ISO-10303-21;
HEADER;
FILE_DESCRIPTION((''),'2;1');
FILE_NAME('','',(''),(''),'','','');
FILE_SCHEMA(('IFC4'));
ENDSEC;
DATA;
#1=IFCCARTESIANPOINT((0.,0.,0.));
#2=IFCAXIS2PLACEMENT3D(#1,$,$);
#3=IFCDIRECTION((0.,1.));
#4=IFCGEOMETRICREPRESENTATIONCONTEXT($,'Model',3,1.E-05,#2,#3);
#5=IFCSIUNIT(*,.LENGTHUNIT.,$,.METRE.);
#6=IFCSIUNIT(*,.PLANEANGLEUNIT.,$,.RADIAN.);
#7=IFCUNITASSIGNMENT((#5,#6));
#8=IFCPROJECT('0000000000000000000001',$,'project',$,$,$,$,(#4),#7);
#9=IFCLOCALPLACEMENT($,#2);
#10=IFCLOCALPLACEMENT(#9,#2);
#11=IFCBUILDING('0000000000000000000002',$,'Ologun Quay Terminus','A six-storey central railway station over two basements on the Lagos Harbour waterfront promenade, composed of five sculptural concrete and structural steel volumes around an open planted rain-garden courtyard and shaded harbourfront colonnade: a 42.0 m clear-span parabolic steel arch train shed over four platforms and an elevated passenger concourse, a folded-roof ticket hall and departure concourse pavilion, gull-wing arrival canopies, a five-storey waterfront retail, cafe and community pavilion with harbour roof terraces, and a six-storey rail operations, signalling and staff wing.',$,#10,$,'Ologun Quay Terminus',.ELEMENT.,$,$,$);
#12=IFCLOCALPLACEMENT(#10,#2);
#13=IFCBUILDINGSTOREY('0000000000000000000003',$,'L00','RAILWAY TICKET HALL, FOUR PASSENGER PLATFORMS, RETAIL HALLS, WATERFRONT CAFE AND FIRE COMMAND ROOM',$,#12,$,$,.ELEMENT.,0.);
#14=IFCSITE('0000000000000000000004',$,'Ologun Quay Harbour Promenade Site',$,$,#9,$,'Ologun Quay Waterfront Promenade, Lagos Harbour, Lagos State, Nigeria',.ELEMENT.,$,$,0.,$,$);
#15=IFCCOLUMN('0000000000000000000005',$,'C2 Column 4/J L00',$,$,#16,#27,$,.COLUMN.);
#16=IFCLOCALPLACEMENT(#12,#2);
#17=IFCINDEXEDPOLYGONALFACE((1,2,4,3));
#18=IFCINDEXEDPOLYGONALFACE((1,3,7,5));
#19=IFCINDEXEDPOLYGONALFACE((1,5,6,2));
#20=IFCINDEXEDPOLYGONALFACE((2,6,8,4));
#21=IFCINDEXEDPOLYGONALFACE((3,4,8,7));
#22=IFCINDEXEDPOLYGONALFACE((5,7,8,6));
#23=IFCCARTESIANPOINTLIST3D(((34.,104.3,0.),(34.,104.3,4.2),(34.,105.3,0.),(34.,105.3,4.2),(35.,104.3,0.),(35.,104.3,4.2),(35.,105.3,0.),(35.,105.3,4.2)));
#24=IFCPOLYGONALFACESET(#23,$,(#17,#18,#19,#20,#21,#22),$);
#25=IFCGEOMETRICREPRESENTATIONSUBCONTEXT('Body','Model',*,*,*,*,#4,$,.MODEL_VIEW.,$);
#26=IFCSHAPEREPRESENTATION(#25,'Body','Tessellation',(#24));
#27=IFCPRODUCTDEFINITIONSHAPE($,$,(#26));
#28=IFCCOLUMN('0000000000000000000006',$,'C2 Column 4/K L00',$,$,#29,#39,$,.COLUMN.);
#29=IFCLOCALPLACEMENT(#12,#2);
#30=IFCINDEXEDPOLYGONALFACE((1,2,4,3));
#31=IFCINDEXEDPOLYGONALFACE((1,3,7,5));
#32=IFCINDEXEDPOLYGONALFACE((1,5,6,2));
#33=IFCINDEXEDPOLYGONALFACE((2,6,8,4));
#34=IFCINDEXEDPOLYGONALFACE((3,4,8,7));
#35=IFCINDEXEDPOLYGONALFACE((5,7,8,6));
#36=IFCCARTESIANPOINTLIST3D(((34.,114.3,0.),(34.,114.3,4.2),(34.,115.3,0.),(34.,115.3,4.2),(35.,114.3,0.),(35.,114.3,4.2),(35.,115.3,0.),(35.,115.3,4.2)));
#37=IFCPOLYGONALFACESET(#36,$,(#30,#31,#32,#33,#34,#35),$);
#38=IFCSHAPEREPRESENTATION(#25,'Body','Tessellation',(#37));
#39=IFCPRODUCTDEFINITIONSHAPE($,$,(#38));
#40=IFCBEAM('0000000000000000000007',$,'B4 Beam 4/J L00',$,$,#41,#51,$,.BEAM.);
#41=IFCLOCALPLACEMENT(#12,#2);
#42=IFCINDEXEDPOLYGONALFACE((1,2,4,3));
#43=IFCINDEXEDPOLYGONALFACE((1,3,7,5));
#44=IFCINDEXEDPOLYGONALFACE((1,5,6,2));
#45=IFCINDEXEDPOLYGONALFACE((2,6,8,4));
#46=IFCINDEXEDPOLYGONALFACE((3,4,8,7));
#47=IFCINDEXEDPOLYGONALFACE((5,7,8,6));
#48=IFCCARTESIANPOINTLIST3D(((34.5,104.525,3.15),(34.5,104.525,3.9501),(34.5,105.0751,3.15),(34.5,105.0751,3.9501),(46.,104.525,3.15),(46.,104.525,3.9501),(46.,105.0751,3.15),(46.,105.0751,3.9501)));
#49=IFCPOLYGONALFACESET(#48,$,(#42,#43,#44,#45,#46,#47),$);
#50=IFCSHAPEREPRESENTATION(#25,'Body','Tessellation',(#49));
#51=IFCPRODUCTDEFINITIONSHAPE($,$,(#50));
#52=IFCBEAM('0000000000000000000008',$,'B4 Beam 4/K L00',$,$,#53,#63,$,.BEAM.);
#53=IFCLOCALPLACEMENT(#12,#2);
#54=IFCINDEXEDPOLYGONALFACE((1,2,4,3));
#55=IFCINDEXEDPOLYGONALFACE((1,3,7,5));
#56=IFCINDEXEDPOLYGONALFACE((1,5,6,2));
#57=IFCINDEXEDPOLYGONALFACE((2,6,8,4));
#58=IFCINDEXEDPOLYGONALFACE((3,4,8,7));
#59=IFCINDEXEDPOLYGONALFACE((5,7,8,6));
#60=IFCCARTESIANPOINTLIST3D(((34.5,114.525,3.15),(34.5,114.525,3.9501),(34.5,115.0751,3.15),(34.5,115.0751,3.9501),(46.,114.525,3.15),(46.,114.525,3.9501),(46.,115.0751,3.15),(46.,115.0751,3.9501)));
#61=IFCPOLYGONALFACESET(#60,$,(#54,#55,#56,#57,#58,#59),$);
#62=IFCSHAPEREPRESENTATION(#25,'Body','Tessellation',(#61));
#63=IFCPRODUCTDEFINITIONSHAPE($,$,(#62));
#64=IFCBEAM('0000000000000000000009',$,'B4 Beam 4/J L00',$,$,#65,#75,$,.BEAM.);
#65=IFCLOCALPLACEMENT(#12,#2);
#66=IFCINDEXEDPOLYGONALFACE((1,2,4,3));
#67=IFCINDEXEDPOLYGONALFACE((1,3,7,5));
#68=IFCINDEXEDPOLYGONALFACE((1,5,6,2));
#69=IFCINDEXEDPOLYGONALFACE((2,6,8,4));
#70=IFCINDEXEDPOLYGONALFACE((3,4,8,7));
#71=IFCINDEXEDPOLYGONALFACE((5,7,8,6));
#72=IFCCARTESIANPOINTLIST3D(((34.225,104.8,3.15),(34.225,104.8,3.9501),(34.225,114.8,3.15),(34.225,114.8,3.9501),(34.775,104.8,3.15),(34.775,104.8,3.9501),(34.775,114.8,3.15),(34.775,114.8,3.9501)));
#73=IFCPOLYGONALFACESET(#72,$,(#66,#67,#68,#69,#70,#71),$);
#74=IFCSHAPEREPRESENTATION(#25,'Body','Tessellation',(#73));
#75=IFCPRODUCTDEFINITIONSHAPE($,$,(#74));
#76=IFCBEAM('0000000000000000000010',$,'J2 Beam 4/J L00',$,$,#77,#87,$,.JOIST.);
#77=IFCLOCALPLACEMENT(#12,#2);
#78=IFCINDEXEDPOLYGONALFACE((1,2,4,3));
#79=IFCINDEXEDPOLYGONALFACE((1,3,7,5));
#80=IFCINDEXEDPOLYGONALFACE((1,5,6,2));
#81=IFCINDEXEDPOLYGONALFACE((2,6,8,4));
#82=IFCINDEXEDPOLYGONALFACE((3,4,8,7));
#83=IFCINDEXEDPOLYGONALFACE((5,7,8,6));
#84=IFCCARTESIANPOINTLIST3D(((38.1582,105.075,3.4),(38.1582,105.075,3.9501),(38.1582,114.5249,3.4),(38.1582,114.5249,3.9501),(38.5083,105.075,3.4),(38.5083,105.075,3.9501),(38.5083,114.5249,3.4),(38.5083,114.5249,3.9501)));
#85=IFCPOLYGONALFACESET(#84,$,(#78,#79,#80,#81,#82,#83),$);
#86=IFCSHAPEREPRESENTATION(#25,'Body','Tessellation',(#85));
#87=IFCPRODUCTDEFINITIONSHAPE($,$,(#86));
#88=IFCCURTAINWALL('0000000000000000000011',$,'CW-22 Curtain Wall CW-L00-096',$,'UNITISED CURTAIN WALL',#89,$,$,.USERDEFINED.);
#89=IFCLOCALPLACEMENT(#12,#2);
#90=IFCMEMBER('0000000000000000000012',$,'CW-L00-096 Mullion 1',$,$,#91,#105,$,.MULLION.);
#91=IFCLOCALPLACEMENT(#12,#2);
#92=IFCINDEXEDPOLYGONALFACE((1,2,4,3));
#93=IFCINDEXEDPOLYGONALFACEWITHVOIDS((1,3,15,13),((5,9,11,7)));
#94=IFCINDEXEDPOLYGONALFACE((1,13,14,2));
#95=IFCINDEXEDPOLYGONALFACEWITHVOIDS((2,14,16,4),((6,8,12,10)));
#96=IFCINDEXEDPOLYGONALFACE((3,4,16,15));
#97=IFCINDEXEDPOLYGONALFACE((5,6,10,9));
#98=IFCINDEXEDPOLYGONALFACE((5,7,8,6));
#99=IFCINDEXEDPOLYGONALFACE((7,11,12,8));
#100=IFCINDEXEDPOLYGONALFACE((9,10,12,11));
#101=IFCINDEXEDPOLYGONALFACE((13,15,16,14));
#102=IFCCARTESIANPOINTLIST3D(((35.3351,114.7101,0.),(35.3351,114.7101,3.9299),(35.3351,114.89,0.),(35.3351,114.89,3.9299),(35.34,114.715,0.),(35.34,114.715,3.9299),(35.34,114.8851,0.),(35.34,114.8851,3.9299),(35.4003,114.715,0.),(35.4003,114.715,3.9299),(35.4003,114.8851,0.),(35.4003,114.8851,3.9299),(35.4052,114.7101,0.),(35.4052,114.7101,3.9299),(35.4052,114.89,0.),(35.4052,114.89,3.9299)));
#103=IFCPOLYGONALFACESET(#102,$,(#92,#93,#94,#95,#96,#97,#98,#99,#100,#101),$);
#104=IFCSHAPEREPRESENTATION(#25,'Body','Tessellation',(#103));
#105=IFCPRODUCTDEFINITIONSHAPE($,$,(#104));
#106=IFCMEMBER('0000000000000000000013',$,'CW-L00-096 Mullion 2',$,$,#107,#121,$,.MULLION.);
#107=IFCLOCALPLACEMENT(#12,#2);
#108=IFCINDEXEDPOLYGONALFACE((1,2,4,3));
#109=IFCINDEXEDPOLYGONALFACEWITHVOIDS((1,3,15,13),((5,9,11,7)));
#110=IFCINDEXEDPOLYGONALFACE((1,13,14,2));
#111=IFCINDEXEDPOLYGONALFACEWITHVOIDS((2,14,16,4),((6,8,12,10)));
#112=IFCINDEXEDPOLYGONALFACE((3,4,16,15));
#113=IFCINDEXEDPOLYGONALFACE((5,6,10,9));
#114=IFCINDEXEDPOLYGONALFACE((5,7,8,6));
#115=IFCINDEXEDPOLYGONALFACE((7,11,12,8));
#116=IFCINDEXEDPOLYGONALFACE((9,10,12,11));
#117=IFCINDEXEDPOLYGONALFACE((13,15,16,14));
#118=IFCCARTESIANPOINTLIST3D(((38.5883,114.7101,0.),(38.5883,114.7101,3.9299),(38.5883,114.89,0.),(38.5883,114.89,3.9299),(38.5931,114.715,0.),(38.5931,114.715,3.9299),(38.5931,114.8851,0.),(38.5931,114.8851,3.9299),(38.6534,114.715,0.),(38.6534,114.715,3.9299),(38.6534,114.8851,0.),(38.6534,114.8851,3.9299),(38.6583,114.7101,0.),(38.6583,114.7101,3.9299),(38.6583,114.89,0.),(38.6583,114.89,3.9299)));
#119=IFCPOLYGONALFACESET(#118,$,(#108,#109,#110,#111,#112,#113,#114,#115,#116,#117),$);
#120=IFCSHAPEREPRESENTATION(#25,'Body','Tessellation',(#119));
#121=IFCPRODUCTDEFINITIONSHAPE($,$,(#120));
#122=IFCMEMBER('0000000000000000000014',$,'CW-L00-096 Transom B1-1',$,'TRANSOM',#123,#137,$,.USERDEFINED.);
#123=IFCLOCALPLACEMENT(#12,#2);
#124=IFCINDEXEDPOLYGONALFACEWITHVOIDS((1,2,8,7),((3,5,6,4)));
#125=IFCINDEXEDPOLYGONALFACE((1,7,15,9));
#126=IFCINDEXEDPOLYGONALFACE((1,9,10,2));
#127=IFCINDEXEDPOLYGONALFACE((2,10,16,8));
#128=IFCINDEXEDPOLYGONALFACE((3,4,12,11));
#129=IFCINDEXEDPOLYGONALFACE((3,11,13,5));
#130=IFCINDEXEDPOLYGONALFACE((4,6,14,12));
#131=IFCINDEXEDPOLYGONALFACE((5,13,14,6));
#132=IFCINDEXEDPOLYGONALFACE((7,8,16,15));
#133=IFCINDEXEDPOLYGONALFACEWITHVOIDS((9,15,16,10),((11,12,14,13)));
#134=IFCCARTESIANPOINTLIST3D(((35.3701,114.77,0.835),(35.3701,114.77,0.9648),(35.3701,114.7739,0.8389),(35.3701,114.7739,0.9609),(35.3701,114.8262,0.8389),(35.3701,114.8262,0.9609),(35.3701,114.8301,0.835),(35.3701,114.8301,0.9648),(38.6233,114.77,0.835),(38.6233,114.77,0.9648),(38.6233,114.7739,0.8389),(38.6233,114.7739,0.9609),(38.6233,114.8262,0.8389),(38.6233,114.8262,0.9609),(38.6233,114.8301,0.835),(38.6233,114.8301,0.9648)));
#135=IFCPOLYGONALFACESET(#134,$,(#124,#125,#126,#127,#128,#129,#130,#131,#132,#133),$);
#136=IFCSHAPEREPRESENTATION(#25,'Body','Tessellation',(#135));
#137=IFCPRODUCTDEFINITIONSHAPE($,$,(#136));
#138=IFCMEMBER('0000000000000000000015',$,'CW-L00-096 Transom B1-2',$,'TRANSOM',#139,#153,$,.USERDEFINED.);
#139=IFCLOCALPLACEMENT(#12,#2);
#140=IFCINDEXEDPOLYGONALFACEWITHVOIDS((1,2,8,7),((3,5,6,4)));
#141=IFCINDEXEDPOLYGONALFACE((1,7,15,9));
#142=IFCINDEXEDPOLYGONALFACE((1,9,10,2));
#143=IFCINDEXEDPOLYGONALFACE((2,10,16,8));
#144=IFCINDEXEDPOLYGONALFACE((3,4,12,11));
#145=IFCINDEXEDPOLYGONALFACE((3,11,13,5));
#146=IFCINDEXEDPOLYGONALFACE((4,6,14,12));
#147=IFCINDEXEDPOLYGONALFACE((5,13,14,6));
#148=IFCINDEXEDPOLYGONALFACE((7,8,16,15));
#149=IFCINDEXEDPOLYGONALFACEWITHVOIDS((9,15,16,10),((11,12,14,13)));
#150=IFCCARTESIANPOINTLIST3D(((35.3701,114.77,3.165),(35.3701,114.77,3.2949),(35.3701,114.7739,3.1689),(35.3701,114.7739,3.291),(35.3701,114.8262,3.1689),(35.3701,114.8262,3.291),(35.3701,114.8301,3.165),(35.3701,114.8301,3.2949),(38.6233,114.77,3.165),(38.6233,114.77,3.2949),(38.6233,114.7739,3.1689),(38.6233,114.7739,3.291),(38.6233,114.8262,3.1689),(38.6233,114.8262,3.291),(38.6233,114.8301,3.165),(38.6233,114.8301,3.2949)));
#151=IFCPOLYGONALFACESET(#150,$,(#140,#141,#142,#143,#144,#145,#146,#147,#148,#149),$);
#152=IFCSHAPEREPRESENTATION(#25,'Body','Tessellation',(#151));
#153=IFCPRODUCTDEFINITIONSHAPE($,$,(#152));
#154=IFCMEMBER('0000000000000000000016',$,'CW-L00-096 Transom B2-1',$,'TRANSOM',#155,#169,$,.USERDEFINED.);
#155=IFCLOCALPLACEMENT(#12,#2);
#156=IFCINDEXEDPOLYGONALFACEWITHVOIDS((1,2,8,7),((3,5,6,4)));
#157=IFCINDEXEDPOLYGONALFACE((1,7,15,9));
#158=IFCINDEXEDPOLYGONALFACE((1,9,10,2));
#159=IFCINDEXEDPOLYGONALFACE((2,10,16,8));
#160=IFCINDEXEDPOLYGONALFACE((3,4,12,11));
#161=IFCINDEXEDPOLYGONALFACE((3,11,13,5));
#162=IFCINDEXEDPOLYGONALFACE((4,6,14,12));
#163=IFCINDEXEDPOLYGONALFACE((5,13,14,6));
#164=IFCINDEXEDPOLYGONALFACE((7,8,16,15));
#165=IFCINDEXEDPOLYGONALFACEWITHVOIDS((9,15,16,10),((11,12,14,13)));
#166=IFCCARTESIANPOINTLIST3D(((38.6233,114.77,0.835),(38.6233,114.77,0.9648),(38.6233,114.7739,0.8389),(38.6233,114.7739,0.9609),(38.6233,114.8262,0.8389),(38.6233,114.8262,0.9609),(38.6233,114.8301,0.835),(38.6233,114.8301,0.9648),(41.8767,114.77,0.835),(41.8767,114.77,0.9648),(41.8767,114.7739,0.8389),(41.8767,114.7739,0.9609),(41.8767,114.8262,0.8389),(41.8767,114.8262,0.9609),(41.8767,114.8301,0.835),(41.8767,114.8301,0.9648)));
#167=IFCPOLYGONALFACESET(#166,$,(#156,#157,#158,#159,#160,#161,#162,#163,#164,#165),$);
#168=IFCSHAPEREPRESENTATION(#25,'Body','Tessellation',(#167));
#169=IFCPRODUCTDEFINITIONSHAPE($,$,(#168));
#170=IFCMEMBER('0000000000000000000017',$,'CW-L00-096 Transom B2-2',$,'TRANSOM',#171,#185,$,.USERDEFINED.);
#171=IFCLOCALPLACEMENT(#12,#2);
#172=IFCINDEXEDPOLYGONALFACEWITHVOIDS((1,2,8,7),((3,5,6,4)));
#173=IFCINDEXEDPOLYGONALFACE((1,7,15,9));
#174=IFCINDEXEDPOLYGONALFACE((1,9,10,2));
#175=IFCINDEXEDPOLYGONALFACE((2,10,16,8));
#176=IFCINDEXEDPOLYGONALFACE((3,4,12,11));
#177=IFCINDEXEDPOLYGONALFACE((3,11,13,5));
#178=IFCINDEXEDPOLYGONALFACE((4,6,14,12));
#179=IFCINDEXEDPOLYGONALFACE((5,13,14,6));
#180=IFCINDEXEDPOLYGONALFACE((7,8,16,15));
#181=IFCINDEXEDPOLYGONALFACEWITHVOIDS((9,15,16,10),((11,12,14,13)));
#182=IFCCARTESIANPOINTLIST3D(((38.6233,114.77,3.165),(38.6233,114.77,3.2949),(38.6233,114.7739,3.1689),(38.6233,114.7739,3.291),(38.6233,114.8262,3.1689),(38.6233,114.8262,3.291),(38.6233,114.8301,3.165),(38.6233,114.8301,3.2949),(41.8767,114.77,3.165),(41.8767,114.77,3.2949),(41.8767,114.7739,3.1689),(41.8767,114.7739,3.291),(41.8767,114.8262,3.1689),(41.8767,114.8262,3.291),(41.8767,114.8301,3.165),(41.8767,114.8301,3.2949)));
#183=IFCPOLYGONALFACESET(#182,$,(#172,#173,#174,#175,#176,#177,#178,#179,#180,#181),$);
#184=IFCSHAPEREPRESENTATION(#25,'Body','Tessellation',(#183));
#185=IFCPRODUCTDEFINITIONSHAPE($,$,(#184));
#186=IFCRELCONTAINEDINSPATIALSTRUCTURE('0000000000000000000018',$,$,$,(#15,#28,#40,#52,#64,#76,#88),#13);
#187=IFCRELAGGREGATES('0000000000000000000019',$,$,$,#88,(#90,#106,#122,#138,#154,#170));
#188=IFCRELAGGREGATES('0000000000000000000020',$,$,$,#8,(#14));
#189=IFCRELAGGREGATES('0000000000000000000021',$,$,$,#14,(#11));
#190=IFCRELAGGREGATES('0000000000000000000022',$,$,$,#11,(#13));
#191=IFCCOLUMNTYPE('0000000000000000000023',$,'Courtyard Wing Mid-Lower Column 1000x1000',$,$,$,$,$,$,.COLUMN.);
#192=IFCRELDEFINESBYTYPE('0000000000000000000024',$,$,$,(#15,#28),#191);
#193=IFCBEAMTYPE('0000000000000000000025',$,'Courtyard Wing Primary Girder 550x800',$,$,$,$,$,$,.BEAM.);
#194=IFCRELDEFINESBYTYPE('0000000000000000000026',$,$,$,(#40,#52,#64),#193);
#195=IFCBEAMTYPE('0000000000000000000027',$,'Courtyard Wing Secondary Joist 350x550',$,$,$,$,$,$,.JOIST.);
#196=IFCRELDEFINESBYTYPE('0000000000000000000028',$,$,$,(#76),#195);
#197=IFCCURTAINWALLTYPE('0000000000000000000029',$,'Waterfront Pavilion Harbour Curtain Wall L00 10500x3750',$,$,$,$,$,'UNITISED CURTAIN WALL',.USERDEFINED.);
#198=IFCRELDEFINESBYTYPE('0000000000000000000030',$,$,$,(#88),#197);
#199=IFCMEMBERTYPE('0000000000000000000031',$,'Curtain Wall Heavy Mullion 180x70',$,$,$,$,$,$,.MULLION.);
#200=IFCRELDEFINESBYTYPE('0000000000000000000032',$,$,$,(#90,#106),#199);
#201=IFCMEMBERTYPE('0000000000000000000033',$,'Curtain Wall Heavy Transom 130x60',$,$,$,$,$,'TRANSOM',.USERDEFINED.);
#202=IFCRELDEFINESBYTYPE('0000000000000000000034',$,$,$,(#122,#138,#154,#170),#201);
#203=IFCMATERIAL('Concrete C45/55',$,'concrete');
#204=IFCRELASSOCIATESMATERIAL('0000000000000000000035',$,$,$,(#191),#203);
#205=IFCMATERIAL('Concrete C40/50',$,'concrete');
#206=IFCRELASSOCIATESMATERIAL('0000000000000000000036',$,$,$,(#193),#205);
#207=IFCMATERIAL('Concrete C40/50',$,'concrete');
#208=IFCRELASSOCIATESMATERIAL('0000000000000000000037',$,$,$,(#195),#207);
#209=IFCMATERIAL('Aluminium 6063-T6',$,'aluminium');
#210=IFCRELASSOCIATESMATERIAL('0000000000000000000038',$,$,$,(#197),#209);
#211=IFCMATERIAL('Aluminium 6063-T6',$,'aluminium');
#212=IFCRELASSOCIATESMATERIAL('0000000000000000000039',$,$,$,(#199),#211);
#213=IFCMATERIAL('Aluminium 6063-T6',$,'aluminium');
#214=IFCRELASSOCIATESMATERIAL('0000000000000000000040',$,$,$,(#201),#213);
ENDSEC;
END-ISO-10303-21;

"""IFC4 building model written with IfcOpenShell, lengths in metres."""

from ifc_helpers import new_model, si_unit, direction, frame, origin, origin_2d, place, context, subcontext, project, spatial, rectangle, hollow_rectangle, extrude, material, material_profile, profile_set, type_object, element, aggregate, save


model = new_model("IFC4")

# Units and contexts
model_context = context("Model", 3, precision=1e-05, world=origin(), true_north=direction((0.0, 1.0)))
body_context = subcontext(model_context, "Body", "Model", "MODEL_VIEW")
ifc_project = project(units=[si_unit("LENGTHUNIT", "METRE"), si_unit("PLANEANGLEUNIT", "RADIAN")], contexts=[model_context])

# Site, building, storey
site_placement = place(None, origin())
site = spatial("IfcSite", under=ifc_project, at=site_placement, Name="Ologun Quay Harbour Promenade Site", LongName="Ologun Quay Waterfront Promenade, Lagos Harbour, Lagos State, Nigeria", CompositionType="ELEMENT", RefElevation=0.0)
building_placement = place(site_placement, origin())
building = spatial("IfcBuilding", under=site, at=building_placement, Name="Ologun Quay Terminus", Description="A six-storey central railway station over two basements on the Lagos Harbour waterfront promenade, composed of five sculptural concrete and structural steel volumes around an open planted rain-garden courtyard and shaded harbourfront colonnade: a 42.0 m clear-span parabolic steel arch train shed over four platforms and an elevated passenger concourse, a folded-roof ticket hall and departure concourse pavilion, gull-wing arrival canopies, a five-storey waterfront retail, cafe and community pavilion with harbour roof terraces, and a six-storey rail operations, signalling and staff wing.", LongName="Ologun Quay Terminus", CompositionType="ELEMENT")
storey_placement = place(building_placement, origin())
storey = spatial("IfcBuildingStorey", under=building, at=storey_placement, Name="L00", Description="RAILWAY TICKET HALL, FOUR PASSENGER PLATFORMS, RETAIL HALLS, WATERFRONT CAFE AND FIRE COMMAND ROOM", CompositionType="ELEMENT", Elevation=0.0)

# Columns
ifc_material_1 = material(Name="Concrete C45/55", Category="concrete")
ifc_material_profile_1 = material_profile(ifc_material_1, rectangle(XDim=1.0, YDim=1.0, at=origin_2d()), Name="RC 1000x1000")
ifc_profile_set_1 = profile_set([ifc_material_profile_1], Name="Concrete C45/55")
column_type = type_object("IfcColumnType", Name="Courtyard Wing Mid-Lower Column 1000x1000", PredefinedType="COLUMN", material=ifc_profile_set_1)
for number, where, z_axis, x_axis, name in (
    (1, (34.5, 104.8, 0.0), (0.0, 0.0, 1.0), (1.0, 0.0, 0.0), "C2 Column 4/J L00"),
    (2, (34.5, 114.8, 0.0), (0.0, 0.0, 1.0), (1.0, 0.0, 0.0), "C2 Column 4/K L00"),
):
    element("IfcColumn", number, at=place(storey_placement, frame(where, z_axis=z_axis, x_axis=x_axis)), inside=storey, type_object=column_type, Name=name, PredefinedType="COLUMN", context=body_context, shape_type="SweptSolid", body=[
        extrude(rectangle(XDim=1.0, YDim=1.0, at=origin_2d()), origin(), (0.0, 0.0, 1.0), 4.2),
    ])

# Beams
ifc_material_2 = material(Name="Concrete C40/50", Category="concrete")
ifc_material_profile_2 = material_profile(ifc_material_2, rectangle(XDim=0.55, YDim=0.8, at=origin_2d()), Name="RC 550x800")
ifc_profile_set_2 = profile_set([ifc_material_profile_2], Name="Concrete C40/50")
beam_type_1 = type_object("IfcBeamType", Name="Courtyard Wing Primary Girder 550x800", PredefinedType="BEAM", material=ifc_profile_set_2)
for number, where, z_axis, x_axis, name in (
    (3, (34.5, 104.8, 3.55), (1.0, 0.0, 0.0), (0.0, 1.0, 0.0), "B4 Beam 4/J L00"),
    (4, (34.5, 114.8, 3.55), (1.0, 0.0, 0.0), (0.0, 1.0, 0.0), "B4 Beam 4/K L00"),
):
    element("IfcBeam", number, at=place(storey_placement, frame(where, z_axis=z_axis, x_axis=x_axis)), inside=storey, type_object=beam_type_1, Name=name, PredefinedType="BEAM", context=body_context, shape_type="SweptSolid", body=[
        extrude(rectangle(XDim=0.55, YDim=0.8, at=origin_2d()), origin(), (0.0, 0.0, 1.0), 11.5),
    ])
beam_1_placement = place(storey_placement, frame((34.5, 104.8, 3.55), z_axis=(0.0, 1.0, 0.0), x_axis=(-1.0, 0.0, 0.0)))
element("IfcBeam", 5, at=beam_1_placement, inside=storey, type_object=beam_type_1, Name="B4 Beam 4/J L00", PredefinedType="BEAM", context=body_context, shape_type="SweptSolid", body=[
    extrude(rectangle(XDim=0.55, YDim=0.8, at=origin_2d()), origin(), (0.0, 0.0, 1.0), 10.0),
])
ifc_material_3 = material(Name="Concrete C40/50", Category="concrete")
ifc_material_profile_3 = material_profile(ifc_material_3, rectangle(XDim=0.3501, YDim=0.55, at=origin_2d()), Name="RC 350x550")
ifc_profile_set_3 = profile_set([ifc_material_profile_3], Name="Concrete C40/50")
beam_type_2 = type_object("IfcBeamType", Name="Courtyard Wing Secondary Joist 350x550", PredefinedType="JOIST", material=ifc_profile_set_3)
beam_2_placement = place(storey_placement, frame((38.3333, 105.075, 3.675), z_axis=(0.0, 1.0, 0.0), x_axis=(-1.0, 0.0, 0.0)))
element("IfcBeam", 6, at=beam_2_placement, inside=storey, type_object=beam_type_2, Name="J2 Beam 4/J L00", PredefinedType="JOIST", context=body_context, shape_type="SweptSolid", body=[
    extrude(rectangle(XDim=0.3501, YDim=0.55, at=origin_2d()), origin(), (0.0, 0.0, 1.0), 9.45),
])

# Curtain wall, members
ifc_material_4 = material(Name="Aluminium 6063-T6", Category="aluminium")
curtain_wall_type = type_object("IfcCurtainWallType", Name="Waterfront Pavilion Harbour Curtain Wall L00 10500x3750", ElementType="UNITISED CURTAIN WALL", PredefinedType="USERDEFINED", material=ifc_material_4)
curtain_wall_placement = place(storey_placement, origin())
curtain_wall = element("IfcCurtainWall", 7, at=curtain_wall_placement, inside=storey, type_object=curtain_wall_type, Name="CW-22 Curtain Wall CW-L00-096", ObjectType="UNITISED CURTAIN WALL", PredefinedType="USERDEFINED")
ifc_material_5 = material(Name="Aluminium 6063-T6", Category="aluminium")
ifc_material_profile_4 = material_profile(ifc_material_5, hollow_rectangle(XDim=0.0701, YDim=0.1799, WallThickness=0.0049, at=origin_2d()), Name="ALU 180x70x5")
ifc_profile_set_4 = profile_set([ifc_material_profile_4], Name="Aluminium 6063-T6")
member_type_1 = type_object("IfcMemberType", Name="Curtain Wall Heavy Mullion 180x70", PredefinedType="MULLION", material=ifc_profile_set_4)
member_1_placement = place(storey_placement, frame((35.3701, 114.8, 0.0), z_axis=(0.0, 0.0, 1.0), x_axis=(1.0, 0.0, 0.0)))
member_1 = element("IfcMember", 8, at=member_1_placement, type_object=member_type_1, Name="CW-L00-096 Mullion 1", PredefinedType="MULLION", context=body_context, shape_type="SweptSolid", body=[
    extrude(hollow_rectangle(XDim=0.0701, YDim=0.1799, WallThickness=0.0049, at=origin_2d()), origin(), (0.0, 0.0, 1.0), 3.9299),
])
member_2_placement = place(storey_placement, frame((38.6233, 114.8, 0.0), z_axis=(0.0, 0.0, 1.0), x_axis=(1.0, 0.0, 0.0)))
member_2 = element("IfcMember", 9, at=member_2_placement, type_object=member_type_1, Name="CW-L00-096 Mullion 2", PredefinedType="MULLION", context=body_context, shape_type="SweptSolid", body=[
    extrude(hollow_rectangle(XDim=0.0701, YDim=0.1799, WallThickness=0.0049, at=origin_2d()), origin(), (0.0, 0.0, 1.0), 3.9299),
])
ifc_material_6 = material(Name="Aluminium 6063-T6", Category="aluminium")
ifc_material_profile_5 = material_profile(ifc_material_6, hollow_rectangle(XDim=0.0601, YDim=0.1299, WallThickness=0.0039, at=origin_2d()), Name="ALU 130x60x4")
ifc_profile_set_5 = profile_set([ifc_material_profile_5], Name="Aluminium 6063-T6")
member_type_2 = type_object("IfcMemberType", Name="Curtain Wall Heavy Transom 130x60", ElementType="TRANSOM", PredefinedType="USERDEFINED", material=ifc_profile_set_5)
member_3_placement = place(storey_placement, frame((35.3701, 114.8, 0.8999), z_axis=(1.0, 0.0, 0.0), x_axis=(0.0, 1.0, 0.0)))
member_3 = element("IfcMember", 10, at=member_3_placement, type_object=member_type_2, Name="CW-L00-096 Transom B1-1", ObjectType="TRANSOM", PredefinedType="USERDEFINED", context=body_context, shape_type="SweptSolid", body=[
    extrude(hollow_rectangle(XDim=0.0601, YDim=0.1299, WallThickness=0.0039, at=origin_2d()), origin(), (0.0, 0.0, 1.0), 3.2532),
])
member_4_placement = place(storey_placement, frame((35.3701, 114.8, 3.23), z_axis=(1.0, 0.0, 0.0), x_axis=(0.0, 1.0, 0.0)))
member_4 = element("IfcMember", 11, at=member_4_placement, type_object=member_type_2, Name="CW-L00-096 Transom B1-2", ObjectType="TRANSOM", PredefinedType="USERDEFINED", context=body_context, shape_type="SweptSolid", body=[
    extrude(hollow_rectangle(XDim=0.0601, YDim=0.1299, WallThickness=0.0039, at=origin_2d()), origin(), (0.0, 0.0, 1.0), 3.2532),
])
member_5_placement = place(storey_placement, frame((38.6233, 114.8, 0.8999), z_axis=(1.0, 0.0, 0.0), x_axis=(0.0, 1.0, 0.0)))
member_5 = element("IfcMember", 12, at=member_5_placement, type_object=member_type_2, Name="CW-L00-096 Transom B2-1", ObjectType="TRANSOM", PredefinedType="USERDEFINED", context=body_context, shape_type="SweptSolid", body=[
    extrude(hollow_rectangle(XDim=0.0601, YDim=0.1299, WallThickness=0.0039, at=origin_2d()), origin(), (0.0, 0.0, 1.0), 3.2534),
])
member_6_placement = place(storey_placement, frame((38.6233, 114.8, 3.23), z_axis=(1.0, 0.0, 0.0), x_axis=(0.0, 1.0, 0.0)))
member_6 = element("IfcMember", 13, at=member_6_placement, type_object=member_type_2, Name="CW-L00-096 Transom B2-2", ObjectType="TRANSOM", PredefinedType="USERDEFINED", context=body_context, shape_type="SweptSolid", body=[
    extrude(hollow_rectangle(XDim=0.0601, YDim=0.1299, WallThickness=0.0039, at=origin_2d()), origin(), (0.0, 0.0, 1.0), 3.2534),
])

aggregate(curtain_wall, [member_1, member_2, member_3, member_4, member_5, member_6])

save(model, "model.ifc")
